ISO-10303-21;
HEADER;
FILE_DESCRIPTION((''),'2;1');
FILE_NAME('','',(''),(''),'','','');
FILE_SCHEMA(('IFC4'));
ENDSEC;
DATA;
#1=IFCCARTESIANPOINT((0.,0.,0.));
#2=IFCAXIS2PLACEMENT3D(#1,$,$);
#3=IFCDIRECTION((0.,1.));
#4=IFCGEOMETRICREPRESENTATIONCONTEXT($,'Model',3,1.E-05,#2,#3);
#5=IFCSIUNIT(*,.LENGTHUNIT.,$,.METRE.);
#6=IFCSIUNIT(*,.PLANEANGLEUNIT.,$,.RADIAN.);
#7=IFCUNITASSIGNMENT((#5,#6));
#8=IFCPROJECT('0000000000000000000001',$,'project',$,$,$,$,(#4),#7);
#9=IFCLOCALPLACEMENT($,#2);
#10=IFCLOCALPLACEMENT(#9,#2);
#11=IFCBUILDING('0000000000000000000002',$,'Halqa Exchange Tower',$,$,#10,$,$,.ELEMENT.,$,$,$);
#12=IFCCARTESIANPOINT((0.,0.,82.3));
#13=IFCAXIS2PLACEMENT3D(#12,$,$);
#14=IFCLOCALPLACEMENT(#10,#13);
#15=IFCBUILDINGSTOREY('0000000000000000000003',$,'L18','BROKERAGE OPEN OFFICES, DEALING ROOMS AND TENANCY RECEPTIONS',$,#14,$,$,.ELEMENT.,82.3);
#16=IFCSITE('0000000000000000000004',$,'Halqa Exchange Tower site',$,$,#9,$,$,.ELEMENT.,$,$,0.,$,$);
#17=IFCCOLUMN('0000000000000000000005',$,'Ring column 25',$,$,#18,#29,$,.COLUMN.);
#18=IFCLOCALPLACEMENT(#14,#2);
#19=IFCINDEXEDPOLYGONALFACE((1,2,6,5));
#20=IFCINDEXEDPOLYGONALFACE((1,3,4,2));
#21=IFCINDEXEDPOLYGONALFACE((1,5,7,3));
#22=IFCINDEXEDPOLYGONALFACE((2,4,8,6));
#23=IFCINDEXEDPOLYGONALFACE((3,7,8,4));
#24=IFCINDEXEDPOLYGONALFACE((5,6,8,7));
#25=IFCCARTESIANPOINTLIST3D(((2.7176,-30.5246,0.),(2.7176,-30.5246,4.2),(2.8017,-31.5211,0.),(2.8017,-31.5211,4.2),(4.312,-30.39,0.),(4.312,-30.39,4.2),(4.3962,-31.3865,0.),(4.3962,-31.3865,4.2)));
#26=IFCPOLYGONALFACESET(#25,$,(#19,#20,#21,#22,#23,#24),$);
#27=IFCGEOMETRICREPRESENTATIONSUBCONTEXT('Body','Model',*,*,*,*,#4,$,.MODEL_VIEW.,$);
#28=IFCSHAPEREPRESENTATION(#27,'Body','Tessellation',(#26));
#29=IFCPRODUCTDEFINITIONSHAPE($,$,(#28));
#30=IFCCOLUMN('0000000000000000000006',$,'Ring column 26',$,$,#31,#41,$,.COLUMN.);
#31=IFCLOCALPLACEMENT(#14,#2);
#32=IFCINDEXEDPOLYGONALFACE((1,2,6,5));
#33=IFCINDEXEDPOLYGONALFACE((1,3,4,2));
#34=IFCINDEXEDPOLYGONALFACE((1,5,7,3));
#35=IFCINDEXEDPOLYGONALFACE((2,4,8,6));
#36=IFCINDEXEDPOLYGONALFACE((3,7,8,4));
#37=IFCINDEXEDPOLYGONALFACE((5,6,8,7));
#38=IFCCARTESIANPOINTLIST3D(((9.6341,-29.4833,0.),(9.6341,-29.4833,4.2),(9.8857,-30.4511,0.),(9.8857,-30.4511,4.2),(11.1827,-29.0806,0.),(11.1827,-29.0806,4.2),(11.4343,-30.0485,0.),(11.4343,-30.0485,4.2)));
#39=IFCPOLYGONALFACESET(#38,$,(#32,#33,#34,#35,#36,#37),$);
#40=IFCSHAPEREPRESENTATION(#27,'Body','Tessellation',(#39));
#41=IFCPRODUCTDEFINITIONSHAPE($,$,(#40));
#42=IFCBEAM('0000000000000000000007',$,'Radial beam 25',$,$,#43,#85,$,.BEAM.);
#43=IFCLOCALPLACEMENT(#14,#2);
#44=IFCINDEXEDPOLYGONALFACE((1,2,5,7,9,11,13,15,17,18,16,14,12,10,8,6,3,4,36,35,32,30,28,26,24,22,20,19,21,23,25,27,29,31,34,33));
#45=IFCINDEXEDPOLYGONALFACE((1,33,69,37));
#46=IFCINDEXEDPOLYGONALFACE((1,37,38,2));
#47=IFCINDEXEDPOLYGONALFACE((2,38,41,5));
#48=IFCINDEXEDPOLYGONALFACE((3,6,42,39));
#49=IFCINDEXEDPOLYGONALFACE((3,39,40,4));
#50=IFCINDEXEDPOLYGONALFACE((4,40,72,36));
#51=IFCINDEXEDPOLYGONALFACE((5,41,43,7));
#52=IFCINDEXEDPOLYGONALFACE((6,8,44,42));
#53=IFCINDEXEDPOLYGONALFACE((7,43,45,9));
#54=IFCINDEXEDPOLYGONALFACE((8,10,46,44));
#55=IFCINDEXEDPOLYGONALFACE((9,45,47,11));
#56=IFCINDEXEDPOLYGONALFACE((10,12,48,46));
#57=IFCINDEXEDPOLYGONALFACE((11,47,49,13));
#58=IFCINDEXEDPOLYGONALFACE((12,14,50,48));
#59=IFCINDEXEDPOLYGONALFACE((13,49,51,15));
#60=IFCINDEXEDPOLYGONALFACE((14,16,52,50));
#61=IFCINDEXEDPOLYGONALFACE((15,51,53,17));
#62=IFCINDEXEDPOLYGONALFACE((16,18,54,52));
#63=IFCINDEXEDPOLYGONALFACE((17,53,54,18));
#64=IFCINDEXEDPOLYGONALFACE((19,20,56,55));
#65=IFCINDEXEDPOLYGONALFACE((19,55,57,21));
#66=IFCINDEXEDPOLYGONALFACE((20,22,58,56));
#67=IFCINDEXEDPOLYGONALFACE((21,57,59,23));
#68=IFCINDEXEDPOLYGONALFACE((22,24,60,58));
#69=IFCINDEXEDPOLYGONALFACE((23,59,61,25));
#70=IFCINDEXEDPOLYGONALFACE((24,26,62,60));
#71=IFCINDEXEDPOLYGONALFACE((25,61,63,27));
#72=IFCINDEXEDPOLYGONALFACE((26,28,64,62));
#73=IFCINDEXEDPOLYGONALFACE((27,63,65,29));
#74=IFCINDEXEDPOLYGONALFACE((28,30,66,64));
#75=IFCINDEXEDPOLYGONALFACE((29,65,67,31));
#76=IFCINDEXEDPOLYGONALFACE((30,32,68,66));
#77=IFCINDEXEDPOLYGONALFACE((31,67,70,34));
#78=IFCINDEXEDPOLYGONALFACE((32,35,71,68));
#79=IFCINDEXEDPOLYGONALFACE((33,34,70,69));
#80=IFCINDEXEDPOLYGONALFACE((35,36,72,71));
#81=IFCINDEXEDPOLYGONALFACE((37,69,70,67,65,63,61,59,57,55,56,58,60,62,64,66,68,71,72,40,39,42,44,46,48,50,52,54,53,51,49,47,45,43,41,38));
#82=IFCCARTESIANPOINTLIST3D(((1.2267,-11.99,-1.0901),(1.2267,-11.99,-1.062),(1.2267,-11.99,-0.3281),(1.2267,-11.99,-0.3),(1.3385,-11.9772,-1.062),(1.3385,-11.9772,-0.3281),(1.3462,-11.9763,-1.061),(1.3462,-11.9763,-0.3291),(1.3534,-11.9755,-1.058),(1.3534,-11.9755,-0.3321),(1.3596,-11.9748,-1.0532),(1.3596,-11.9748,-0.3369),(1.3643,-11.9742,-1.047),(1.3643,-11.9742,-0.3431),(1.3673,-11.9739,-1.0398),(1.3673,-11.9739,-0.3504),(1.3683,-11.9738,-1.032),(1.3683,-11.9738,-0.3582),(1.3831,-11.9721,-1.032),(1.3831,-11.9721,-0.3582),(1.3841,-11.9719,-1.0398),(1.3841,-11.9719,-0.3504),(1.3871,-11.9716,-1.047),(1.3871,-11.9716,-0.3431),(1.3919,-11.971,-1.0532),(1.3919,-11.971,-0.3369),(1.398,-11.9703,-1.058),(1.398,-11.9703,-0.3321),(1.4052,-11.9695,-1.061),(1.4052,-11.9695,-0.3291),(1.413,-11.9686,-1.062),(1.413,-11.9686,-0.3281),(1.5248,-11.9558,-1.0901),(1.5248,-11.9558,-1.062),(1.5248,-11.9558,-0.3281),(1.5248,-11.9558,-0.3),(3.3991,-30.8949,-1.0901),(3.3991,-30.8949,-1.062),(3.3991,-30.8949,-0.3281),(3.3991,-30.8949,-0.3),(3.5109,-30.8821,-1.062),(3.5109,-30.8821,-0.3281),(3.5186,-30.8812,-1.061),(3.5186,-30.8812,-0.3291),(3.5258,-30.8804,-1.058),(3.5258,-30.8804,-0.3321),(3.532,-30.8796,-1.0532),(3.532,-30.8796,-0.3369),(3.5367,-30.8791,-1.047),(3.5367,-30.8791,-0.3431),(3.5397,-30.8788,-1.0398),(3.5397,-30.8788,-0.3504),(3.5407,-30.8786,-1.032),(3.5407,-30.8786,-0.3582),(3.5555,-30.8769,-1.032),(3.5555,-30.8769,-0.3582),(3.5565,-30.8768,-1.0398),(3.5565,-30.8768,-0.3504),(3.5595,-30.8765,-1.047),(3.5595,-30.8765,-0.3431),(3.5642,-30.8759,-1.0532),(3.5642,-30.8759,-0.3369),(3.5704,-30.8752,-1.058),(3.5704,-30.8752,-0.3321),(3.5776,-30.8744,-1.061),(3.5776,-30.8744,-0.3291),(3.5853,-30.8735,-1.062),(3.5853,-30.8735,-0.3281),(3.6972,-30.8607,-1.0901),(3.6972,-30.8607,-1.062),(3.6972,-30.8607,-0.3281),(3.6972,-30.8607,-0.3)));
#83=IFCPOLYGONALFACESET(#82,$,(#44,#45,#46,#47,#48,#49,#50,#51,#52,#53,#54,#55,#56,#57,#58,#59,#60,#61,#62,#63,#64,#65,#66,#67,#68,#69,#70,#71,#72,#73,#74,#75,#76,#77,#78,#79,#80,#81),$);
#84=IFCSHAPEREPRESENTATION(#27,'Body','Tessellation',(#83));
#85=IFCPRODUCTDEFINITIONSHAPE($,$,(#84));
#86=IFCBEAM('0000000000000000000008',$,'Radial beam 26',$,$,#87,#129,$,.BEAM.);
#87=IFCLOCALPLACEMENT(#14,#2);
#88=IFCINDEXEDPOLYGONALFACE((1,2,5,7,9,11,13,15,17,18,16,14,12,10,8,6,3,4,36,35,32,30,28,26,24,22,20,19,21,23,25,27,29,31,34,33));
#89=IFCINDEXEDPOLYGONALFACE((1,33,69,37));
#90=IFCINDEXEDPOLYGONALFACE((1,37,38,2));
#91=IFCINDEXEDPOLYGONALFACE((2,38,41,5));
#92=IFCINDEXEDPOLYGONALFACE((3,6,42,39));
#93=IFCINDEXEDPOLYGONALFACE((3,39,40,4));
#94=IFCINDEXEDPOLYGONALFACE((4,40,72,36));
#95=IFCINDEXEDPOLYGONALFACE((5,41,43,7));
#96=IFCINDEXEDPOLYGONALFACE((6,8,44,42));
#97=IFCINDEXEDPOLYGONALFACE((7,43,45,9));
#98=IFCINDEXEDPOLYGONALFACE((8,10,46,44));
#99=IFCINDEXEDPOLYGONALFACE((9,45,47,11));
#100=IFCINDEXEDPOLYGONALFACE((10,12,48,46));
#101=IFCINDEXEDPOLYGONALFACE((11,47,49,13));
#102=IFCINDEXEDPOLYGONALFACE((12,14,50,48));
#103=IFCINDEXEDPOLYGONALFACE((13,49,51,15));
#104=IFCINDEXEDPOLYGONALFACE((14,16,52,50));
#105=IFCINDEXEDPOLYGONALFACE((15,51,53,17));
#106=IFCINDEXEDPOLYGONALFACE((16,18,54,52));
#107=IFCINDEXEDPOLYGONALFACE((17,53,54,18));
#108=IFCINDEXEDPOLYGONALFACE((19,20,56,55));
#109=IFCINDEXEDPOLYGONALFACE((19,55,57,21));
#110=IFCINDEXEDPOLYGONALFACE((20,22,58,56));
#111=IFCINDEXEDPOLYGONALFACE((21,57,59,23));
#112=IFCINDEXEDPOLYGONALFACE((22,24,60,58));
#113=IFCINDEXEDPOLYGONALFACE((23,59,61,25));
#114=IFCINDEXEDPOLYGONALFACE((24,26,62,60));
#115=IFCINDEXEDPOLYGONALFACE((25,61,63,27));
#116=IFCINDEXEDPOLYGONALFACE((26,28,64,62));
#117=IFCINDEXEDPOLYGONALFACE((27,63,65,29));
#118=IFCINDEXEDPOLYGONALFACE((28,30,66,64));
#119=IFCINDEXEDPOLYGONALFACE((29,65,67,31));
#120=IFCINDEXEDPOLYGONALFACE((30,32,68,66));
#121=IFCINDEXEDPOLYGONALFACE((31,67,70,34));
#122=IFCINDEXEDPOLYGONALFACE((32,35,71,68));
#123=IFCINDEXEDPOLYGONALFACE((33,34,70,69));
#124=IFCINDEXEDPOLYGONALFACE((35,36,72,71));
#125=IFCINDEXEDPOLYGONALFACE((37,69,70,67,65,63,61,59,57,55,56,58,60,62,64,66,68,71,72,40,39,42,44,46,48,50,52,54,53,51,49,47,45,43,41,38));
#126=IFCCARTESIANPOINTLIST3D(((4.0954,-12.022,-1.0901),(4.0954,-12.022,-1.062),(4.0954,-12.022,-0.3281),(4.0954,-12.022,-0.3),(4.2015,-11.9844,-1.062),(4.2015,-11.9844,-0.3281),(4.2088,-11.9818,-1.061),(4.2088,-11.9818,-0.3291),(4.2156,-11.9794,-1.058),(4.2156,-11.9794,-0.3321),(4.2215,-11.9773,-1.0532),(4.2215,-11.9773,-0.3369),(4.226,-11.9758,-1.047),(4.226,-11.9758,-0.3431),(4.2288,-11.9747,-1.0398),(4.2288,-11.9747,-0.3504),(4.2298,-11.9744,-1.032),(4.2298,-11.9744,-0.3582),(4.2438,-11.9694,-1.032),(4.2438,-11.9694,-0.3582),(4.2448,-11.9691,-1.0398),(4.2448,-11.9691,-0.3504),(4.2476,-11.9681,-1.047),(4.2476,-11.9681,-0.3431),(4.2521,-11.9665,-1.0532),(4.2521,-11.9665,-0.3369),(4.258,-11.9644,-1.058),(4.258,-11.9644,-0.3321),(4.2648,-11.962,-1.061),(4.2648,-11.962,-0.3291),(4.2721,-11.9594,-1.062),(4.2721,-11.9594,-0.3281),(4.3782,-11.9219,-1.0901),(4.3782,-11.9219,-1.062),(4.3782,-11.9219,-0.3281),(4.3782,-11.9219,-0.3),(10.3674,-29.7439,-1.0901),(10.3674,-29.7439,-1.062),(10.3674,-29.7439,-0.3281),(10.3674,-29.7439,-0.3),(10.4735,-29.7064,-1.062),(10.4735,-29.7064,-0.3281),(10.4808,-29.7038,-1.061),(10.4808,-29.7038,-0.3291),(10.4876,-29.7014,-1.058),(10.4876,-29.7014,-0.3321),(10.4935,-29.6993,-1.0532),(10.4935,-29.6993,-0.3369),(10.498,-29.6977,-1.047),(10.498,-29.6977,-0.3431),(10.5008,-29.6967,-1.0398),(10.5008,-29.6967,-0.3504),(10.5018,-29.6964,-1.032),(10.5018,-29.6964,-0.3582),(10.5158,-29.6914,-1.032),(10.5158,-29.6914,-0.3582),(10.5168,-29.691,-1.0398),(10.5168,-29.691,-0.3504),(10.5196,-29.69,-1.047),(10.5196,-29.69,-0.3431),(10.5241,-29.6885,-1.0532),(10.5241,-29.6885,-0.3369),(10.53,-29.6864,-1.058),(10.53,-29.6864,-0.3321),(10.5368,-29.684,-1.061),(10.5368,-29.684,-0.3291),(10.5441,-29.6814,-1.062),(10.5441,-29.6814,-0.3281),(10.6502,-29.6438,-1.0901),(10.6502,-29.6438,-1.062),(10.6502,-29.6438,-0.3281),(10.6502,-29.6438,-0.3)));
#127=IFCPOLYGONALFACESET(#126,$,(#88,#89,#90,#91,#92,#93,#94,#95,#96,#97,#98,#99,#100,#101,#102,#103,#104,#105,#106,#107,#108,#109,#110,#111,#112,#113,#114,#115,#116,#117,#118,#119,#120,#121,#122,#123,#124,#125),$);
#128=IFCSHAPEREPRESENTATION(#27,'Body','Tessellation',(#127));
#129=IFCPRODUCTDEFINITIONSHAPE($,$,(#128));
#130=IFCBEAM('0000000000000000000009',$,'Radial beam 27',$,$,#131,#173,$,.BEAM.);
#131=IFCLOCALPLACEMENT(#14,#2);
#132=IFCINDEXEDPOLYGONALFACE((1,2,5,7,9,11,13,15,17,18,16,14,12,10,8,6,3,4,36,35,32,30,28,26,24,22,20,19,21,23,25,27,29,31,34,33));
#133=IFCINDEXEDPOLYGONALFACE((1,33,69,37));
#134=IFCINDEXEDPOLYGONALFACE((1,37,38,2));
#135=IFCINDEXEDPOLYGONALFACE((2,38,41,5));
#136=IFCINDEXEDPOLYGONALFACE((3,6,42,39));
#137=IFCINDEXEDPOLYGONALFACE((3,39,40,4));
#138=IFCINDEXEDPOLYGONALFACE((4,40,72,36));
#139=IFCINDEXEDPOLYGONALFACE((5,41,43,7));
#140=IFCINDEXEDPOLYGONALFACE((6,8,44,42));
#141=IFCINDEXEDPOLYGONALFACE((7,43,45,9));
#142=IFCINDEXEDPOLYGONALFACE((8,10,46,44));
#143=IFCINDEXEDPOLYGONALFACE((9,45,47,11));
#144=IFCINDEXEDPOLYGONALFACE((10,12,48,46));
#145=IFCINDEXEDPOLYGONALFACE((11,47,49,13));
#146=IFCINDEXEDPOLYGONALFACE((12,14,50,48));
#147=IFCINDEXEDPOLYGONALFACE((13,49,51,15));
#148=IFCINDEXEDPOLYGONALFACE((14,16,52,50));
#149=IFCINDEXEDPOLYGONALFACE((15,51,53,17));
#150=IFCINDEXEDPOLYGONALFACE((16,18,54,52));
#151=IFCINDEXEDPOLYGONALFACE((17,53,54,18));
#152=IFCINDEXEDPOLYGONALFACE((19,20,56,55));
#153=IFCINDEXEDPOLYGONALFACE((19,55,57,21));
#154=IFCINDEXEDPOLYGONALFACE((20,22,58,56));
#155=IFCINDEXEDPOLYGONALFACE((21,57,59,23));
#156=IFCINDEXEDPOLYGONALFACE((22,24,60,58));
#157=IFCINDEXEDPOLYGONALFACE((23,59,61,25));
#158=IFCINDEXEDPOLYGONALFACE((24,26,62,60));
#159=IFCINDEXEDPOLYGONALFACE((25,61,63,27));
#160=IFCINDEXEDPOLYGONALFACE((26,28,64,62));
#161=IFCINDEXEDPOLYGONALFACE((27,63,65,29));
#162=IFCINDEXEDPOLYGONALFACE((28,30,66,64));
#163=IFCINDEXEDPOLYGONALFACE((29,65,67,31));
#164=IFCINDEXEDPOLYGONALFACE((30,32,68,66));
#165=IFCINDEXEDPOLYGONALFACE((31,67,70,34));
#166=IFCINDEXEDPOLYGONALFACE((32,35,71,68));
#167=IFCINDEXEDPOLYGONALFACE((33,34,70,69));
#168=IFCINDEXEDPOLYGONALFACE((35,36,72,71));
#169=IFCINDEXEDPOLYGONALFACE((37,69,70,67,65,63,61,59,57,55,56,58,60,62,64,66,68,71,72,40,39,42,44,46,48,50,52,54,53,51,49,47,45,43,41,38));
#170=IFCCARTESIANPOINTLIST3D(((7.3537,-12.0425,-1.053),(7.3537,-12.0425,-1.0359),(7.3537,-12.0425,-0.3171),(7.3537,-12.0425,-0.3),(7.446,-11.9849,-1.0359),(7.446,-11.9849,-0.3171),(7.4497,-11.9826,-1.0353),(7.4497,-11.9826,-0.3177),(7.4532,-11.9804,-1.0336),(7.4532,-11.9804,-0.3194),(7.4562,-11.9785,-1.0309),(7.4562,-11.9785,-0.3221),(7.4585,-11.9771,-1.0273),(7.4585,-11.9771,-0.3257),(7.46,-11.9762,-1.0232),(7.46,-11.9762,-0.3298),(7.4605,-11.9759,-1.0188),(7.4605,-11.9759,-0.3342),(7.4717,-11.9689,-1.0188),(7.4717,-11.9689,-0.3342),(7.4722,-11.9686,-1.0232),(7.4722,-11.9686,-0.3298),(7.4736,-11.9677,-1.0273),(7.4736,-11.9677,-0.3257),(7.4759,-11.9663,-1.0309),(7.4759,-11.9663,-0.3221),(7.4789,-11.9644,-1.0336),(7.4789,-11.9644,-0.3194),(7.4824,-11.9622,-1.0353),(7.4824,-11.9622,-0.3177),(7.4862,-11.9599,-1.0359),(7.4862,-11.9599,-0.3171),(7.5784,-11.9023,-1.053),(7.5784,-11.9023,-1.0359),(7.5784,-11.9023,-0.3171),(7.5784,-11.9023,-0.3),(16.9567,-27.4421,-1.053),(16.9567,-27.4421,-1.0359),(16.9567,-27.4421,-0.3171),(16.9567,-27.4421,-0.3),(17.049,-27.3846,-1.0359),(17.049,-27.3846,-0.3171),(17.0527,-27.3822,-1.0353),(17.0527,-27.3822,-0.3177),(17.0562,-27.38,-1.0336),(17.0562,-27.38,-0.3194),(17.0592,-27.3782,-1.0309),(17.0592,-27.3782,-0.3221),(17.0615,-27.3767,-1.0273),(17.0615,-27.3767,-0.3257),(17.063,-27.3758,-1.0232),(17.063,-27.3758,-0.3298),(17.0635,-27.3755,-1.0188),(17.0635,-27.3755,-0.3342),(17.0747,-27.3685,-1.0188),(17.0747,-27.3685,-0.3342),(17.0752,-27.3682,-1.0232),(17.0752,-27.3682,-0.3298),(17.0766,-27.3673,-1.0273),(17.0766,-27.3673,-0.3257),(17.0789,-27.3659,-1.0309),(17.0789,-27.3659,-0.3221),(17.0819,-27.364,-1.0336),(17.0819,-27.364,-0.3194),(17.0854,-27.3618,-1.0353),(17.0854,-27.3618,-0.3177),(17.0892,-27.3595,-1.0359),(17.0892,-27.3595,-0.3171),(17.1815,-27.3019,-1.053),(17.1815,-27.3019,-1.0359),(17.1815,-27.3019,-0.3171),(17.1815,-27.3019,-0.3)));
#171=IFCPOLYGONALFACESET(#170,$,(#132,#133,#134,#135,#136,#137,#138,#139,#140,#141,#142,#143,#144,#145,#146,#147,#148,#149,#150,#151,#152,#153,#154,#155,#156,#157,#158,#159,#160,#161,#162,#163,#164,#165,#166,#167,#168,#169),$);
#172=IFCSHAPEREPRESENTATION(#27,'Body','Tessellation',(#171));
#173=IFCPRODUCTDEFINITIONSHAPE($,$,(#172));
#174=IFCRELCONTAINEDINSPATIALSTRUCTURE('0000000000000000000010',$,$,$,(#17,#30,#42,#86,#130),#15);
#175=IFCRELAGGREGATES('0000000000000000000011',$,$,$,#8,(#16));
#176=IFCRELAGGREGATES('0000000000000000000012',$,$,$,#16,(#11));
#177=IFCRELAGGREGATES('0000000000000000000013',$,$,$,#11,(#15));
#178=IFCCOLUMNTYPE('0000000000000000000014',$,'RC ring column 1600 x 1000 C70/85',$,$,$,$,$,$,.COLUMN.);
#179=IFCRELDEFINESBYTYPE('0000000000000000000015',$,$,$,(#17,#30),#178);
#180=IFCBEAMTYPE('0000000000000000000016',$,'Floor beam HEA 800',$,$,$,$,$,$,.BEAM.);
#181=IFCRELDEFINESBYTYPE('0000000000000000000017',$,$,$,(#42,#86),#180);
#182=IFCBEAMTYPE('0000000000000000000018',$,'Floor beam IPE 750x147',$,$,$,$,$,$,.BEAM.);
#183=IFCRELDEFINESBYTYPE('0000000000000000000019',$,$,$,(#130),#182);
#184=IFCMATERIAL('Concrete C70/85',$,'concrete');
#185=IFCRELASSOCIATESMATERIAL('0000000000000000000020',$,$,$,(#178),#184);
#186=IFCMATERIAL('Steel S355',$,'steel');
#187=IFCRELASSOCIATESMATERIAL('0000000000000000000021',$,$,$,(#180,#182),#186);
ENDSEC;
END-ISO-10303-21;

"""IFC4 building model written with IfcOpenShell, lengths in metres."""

from ifc_helpers import new_model, si_unit, direction, frame, origin, origin_2d, place, context, subcontext, project, spatial, rectangle, i_section, extrude, material, material_profile, profile_set, type_object, element, save


model = new_model("IFC4")

# Units and contexts
model_context = context("Model", 3, precision=1e-05, world=origin(), true_north=direction((0.0, 1.0)))
body_context = subcontext(model_context, "Body", "Model", "MODEL_VIEW")
ifc_project = project(units=[si_unit("LENGTHUNIT", "METRE"), si_unit("PLANEANGLEUNIT", "RADIAN")], contexts=[model_context])

# Site, building, storey
site_placement = place(None, origin())
site = spatial("IfcSite", under=ifc_project, at=site_placement, Name="Halqa Exchange Tower site", CompositionType="ELEMENT", RefElevation=0.0)
building_placement = place(site_placement, origin())
building = spatial("IfcBuilding", under=site, at=building_placement, Name="Halqa Exchange Tower", CompositionType="ELEMENT")
storey_placement = place(building_placement, frame((0.0, 0.0, 82.3)))
storey = spatial("IfcBuildingStorey", under=building, at=storey_placement, Name="L18", Description="BROKERAGE OPEN OFFICES, DEALING ROOMS AND TENANCY RECEPTIONS", CompositionType="ELEMENT", Elevation=82.3)

# Columns
ifc_material_1 = material(Name="Concrete C70/85", Category="concrete")
ifc_material_profile_1 = material_profile(ifc_material_1, rectangle(XDim=1.6001, YDim=1.0, at=origin_2d()), Name="1600 x 1000")
ifc_profile_set_1 = profile_set([ifc_material_profile_1], Name="Concrete C70/85")
column_type = type_object("IfcColumnType", Name="RC ring column 1600 x 1000 C70/85", PredefinedType="COLUMN", material=ifc_profile_set_1)
for number, where, z_axis, x_axis, name in (
    (1, (3.5569, -30.9556, 0.0), (0.0, 0.0, 1.0), (0.996456, 0.084121, 0.0), "Ring column 25"),
    (2, (10.5342, -29.7659, 0.0), (0.0, 0.0, 1.0), (0.96782, 0.251644, 0.0), "Ring column 26"),
):
    element("IfcColumn", number, at=place(storey_placement, frame(where, z_axis=z_axis, x_axis=x_axis)), inside=storey, type_object=column_type, Name=name, PredefinedType="COLUMN", context=body_context, shape_type="SweptSolid", body=[
        extrude(rectangle(XDim=1.6001, YDim=1.0, at=origin_2d()), origin(), (0.0, 0.0, 1.0), 4.2),
    ])

# Beams
ifc_material_2 = material(Name="Steel S355", Category="steel")
ifc_material_profile_2 = material_profile(ifc_material_2, i_section(OverallWidth=0.3, OverallDepth=0.79, WebThickness=0.0149, FlangeThickness=0.0281, FilletRadius=0.03, at=origin_2d()), Name="HEA 800")
ifc_profile_set_2 = profile_set([ifc_material_profile_2], Name="Steel S355")
beam_type_1 = type_object("IfcBeamType", Name="Floor beam HEA 800", PredefinedType="BEAM", material=ifc_profile_set_2)
beam_1_placement = place(storey_placement, frame((1.3757, -11.9729, -0.6951), z_axis=(0.11416, -0.993462, 0.0), x_axis=(0.993462, 0.11416, 0.0)))
element("IfcBeam", 3, at=beam_1_placement, inside=storey, type_object=beam_type_1, Name="Radial beam 25", PredefinedType="BEAM", context=body_context, shape_type="SweptSolid", body=[
    extrude(i_section(OverallWidth=0.3, OverallDepth=0.79, WebThickness=0.0149, FlangeThickness=0.0281, FilletRadius=0.03, at=origin_2d()), origin(), (0.0, 0.0, 1.0), 19.0293),
])
beam_2_placement = place(storey_placement, frame((4.2368, -11.9719, -0.6951), z_axis=(0.333632, -0.942703, 0.0), x_axis=(0.942703, 0.333632, 0.0)))
element("IfcBeam", 4, at=beam_2_placement, inside=storey, type_object=beam_type_1, Name="Radial beam 26", PredefinedType="BEAM", context=body_context, shape_type="SweptSolid", body=[
    extrude(i_section(OverallWidth=0.3, OverallDepth=0.79, WebThickness=0.0149, FlangeThickness=0.0281, FilletRadius=0.03, at=origin_2d()), origin(), (0.0, 0.0, 1.0), 18.7991),
])
ifc_material_profile_3 = material_profile(ifc_material_2, i_section(OverallWidth=0.2649, OverallDepth=0.7529, WebThickness=0.0132, FlangeThickness=0.0171, FilletRadius=0.0171, at=origin_2d()), Name="IPE 750x147")
ifc_profile_set_3 = profile_set([ifc_material_profile_3], Name="Steel S355")
beam_type_2 = type_object("IfcBeamType", Name="Floor beam IPE 750x147", PredefinedType="BEAM", material=ifc_profile_set_3)
beam_3_placement = place(storey_placement, frame((7.4661, -11.9724, -0.6765), z_axis=(0.529137, -0.848537, 0.0), x_axis=(0.848537, 0.529137, 0.0)))
element("IfcBeam", 5, at=beam_3_placement, inside=storey, type_object=beam_type_2, Name="Radial beam 27", PredefinedType="BEAM", context=body_context, shape_type="SweptSolid", body=[
    extrude(i_section(OverallWidth=0.2649, OverallDepth=0.7529, WebThickness=0.0132, FlangeThickness=0.0171, FilletRadius=0.0171, at=origin_2d()), origin(), (0.0, 0.0, 1.0), 18.1484),
])

save(model, "model.ifc")
